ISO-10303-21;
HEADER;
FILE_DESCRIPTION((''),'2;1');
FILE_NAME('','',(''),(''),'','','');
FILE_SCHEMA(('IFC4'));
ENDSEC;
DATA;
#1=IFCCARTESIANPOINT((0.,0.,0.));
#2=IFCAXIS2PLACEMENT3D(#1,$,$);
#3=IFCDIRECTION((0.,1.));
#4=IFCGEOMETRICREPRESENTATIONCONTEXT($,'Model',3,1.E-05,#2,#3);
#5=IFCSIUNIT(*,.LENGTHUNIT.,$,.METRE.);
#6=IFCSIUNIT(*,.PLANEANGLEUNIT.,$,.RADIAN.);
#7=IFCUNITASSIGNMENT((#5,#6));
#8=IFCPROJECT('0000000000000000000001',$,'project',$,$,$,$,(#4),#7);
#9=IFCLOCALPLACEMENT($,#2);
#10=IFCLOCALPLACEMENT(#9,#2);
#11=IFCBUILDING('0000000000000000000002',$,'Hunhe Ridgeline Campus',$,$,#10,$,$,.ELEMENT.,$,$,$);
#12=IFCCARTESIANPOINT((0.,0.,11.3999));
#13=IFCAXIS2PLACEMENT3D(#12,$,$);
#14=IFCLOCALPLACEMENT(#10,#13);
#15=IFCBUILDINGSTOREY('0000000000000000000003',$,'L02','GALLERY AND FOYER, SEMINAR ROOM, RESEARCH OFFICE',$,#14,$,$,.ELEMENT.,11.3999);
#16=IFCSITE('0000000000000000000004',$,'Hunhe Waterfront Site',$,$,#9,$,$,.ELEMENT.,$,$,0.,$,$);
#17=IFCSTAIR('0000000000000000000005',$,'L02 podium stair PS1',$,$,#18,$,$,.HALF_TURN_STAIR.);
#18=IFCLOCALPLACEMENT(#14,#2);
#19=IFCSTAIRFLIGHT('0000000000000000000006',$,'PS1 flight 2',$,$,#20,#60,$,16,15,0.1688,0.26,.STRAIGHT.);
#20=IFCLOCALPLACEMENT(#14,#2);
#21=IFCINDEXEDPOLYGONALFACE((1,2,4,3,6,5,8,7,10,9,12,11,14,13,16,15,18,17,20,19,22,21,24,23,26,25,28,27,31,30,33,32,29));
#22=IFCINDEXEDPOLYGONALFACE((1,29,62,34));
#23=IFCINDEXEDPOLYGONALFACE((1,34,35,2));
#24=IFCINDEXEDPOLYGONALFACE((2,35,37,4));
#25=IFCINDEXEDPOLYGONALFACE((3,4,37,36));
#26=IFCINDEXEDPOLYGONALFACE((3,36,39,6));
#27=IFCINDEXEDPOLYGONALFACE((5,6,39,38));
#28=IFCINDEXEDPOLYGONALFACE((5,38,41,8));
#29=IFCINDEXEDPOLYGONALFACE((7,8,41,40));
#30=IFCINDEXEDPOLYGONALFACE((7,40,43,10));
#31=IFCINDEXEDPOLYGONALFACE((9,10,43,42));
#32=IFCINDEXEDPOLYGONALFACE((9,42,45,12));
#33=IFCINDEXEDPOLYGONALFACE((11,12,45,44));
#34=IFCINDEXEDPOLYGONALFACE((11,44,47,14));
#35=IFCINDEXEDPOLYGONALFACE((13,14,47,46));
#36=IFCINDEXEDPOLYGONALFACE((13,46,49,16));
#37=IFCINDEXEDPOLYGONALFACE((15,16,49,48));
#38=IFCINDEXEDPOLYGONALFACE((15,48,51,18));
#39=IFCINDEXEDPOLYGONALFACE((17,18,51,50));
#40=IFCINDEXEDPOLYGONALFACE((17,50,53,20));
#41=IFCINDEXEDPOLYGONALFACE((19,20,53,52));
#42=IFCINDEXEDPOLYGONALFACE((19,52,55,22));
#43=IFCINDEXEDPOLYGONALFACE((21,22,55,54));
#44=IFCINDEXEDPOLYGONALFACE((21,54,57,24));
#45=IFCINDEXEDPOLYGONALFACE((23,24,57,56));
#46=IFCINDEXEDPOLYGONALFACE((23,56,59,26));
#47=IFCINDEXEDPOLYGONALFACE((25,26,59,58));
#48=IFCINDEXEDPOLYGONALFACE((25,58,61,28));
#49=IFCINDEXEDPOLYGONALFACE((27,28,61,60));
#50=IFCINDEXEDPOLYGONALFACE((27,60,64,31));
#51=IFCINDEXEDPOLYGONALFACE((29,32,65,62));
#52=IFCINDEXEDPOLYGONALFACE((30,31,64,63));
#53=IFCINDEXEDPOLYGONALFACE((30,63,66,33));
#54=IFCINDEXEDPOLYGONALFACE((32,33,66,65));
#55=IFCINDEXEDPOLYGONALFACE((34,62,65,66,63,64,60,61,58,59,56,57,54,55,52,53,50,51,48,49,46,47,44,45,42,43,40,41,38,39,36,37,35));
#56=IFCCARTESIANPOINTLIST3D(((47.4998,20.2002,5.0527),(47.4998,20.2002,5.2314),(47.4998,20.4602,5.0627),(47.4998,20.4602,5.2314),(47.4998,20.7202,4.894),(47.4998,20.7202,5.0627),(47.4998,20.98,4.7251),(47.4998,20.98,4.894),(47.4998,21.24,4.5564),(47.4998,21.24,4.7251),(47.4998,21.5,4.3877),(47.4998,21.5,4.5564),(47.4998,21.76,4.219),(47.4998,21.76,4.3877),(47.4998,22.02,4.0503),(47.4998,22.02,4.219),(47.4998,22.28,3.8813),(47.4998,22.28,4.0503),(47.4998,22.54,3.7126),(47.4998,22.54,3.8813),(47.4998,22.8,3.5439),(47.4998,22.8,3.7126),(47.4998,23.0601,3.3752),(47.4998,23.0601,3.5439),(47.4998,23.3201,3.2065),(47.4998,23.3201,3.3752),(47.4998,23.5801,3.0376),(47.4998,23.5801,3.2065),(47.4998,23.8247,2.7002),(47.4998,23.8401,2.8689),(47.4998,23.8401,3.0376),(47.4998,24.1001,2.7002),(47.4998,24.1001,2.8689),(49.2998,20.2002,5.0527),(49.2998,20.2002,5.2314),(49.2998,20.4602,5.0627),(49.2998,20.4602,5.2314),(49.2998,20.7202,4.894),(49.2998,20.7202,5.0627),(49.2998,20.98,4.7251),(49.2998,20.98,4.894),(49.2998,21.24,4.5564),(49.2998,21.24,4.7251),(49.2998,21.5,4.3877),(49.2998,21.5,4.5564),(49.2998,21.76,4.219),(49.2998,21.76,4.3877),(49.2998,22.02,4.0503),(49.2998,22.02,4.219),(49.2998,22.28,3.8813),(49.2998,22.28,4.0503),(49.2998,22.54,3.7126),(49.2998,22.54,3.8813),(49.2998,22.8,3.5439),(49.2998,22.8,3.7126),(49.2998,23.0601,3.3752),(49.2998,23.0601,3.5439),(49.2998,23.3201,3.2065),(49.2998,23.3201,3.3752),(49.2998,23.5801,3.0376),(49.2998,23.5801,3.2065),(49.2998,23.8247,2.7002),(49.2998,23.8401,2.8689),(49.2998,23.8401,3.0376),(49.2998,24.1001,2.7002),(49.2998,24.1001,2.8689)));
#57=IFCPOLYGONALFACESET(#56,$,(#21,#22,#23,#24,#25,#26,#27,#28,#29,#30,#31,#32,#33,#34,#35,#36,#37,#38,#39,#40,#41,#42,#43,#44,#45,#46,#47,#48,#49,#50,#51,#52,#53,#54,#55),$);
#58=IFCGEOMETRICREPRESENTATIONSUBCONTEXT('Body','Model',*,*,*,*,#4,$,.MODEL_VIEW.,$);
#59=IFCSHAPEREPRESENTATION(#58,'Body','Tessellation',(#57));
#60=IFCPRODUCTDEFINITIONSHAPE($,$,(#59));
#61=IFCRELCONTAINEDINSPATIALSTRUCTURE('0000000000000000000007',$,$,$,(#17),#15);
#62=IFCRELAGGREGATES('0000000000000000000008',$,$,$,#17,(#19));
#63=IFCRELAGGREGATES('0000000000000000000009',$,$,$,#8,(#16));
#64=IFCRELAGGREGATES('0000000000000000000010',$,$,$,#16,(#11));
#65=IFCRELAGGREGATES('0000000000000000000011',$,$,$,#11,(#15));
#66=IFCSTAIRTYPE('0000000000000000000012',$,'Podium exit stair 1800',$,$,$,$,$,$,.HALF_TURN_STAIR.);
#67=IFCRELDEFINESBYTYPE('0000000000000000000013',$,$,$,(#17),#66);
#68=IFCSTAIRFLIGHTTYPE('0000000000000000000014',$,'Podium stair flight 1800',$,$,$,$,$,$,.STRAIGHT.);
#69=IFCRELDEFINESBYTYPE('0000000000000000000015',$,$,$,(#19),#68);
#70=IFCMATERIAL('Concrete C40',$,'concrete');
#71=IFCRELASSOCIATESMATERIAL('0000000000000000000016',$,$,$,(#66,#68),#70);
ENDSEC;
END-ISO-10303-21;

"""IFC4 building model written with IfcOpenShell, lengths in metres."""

from ifc_helpers import new_model, si_unit, direction, frame, origin, place, context, subcontext, project, spatial, polyline, outline, extrude, material, type_object, element, aggregate, save


model = new_model("IFC4")

# Units and contexts
model_context = context("Model", 3, precision=1e-05, world=origin(), true_north=direction((0.0, 1.0)))
body_context = subcontext(model_context, "Body", "Model", "MODEL_VIEW")
ifc_project = project(units=[si_unit("LENGTHUNIT", "METRE"), si_unit("PLANEANGLEUNIT", "RADIAN")], contexts=[model_context])

# Site, building, storey
site_placement = place(None, origin())
site = spatial("IfcSite", under=ifc_project, at=site_placement, Name="Hunhe Waterfront Site", CompositionType="ELEMENT", RefElevation=0.0)
building_placement = place(site_placement, origin())
building = spatial("IfcBuilding", under=site, at=building_placement, Name="Hunhe Ridgeline Campus", CompositionType="ELEMENT")
storey_placement = place(building_placement, frame((0.0, 0.0, 11.3999)))
storey = spatial("IfcBuildingStorey", under=building, at=storey_placement, Name="L02", Description="GALLERY AND FOYER, SEMINAR ROOM, RESEARCH OFFICE", CompositionType="ELEMENT", Elevation=11.3999)

# Shared definitions
ifc_material_1 = material(Name="Concrete C40", Category="concrete")

# Stair, stair flight
stair_type = type_object("IfcStairType", Name="Podium exit stair 1800", PredefinedType="HALF_TURN_STAIR", material=ifc_material_1)
stair_placement = place(storey_placement, origin())
stair = element("IfcStair", 1, at=stair_placement, inside=storey, type_object=stair_type, Name="L02 podium stair PS1", PredefinedType="HALF_TURN_STAIR")
stair_flight_type = type_object("IfcStairFlightType", Name="Podium stair flight 1800", PredefinedType="STRAIGHT", material=ifc_material_1)
stair_flight_1_placement = place(storey_placement, frame((48.3999, 24.1001, 2.7002), z_axis=(0.0, 0.0, 1.0), x_axis=(0.0, -1.0, 0.0)))
stair_flight_1 = element("IfcStairFlight", 2, at=stair_flight_1_placement, type_object=stair_flight_type, Name="PS1 flight 2", NumberOfRisers=16, NumberOfTreads=15, PredefinedType="STRAIGHT", RiserHeight=0.1688, TreadLength=0.26, context=body_context, shape_type="SweptSolid", body=[
    extrude(outline(polyline([(0.0, 0.0), (0.0, 0.1687), (0.26, 0.1687), (0.26, 0.3374), (0.52, 0.3374), (0.52, 0.5063), (0.78, 0.5063), (0.78, 0.675), (1.04, 0.675), (1.04, 0.8438), (1.3, 0.8438), (1.3, 1.0125), (1.5601, 1.0125), (1.5601, 1.1812), (1.8201, 1.1812), (1.8201, 1.3501), (2.0801, 1.3501), (2.0801, 1.5188), (2.3401, 1.5188), (2.3401, 1.6875), (2.6001, 1.6875), (2.6001, 1.8562), (2.8601, 1.8562), (2.8601, 2.0249), (3.1201, 2.0249), (3.1201, 2.1938), (3.3799, 2.1938), (3.3799, 2.3625), (3.6399, 2.3625), (3.6399, 2.5312), (3.8999, 2.5312), (3.8999, 2.7), (3.8999, 2.3525), (0.2754, 0.0), (0.0, 0.0)])), frame((0.0, 0.8999, 0.0), z_axis=(0.0, -1.0, 0.0), x_axis=(1.0, 0.0, 0.0)), (0.0, 0.0, 1.0), 1.8),
])
aggregate(stair, [stair_flight_1])

save(model, "model.ifc")
